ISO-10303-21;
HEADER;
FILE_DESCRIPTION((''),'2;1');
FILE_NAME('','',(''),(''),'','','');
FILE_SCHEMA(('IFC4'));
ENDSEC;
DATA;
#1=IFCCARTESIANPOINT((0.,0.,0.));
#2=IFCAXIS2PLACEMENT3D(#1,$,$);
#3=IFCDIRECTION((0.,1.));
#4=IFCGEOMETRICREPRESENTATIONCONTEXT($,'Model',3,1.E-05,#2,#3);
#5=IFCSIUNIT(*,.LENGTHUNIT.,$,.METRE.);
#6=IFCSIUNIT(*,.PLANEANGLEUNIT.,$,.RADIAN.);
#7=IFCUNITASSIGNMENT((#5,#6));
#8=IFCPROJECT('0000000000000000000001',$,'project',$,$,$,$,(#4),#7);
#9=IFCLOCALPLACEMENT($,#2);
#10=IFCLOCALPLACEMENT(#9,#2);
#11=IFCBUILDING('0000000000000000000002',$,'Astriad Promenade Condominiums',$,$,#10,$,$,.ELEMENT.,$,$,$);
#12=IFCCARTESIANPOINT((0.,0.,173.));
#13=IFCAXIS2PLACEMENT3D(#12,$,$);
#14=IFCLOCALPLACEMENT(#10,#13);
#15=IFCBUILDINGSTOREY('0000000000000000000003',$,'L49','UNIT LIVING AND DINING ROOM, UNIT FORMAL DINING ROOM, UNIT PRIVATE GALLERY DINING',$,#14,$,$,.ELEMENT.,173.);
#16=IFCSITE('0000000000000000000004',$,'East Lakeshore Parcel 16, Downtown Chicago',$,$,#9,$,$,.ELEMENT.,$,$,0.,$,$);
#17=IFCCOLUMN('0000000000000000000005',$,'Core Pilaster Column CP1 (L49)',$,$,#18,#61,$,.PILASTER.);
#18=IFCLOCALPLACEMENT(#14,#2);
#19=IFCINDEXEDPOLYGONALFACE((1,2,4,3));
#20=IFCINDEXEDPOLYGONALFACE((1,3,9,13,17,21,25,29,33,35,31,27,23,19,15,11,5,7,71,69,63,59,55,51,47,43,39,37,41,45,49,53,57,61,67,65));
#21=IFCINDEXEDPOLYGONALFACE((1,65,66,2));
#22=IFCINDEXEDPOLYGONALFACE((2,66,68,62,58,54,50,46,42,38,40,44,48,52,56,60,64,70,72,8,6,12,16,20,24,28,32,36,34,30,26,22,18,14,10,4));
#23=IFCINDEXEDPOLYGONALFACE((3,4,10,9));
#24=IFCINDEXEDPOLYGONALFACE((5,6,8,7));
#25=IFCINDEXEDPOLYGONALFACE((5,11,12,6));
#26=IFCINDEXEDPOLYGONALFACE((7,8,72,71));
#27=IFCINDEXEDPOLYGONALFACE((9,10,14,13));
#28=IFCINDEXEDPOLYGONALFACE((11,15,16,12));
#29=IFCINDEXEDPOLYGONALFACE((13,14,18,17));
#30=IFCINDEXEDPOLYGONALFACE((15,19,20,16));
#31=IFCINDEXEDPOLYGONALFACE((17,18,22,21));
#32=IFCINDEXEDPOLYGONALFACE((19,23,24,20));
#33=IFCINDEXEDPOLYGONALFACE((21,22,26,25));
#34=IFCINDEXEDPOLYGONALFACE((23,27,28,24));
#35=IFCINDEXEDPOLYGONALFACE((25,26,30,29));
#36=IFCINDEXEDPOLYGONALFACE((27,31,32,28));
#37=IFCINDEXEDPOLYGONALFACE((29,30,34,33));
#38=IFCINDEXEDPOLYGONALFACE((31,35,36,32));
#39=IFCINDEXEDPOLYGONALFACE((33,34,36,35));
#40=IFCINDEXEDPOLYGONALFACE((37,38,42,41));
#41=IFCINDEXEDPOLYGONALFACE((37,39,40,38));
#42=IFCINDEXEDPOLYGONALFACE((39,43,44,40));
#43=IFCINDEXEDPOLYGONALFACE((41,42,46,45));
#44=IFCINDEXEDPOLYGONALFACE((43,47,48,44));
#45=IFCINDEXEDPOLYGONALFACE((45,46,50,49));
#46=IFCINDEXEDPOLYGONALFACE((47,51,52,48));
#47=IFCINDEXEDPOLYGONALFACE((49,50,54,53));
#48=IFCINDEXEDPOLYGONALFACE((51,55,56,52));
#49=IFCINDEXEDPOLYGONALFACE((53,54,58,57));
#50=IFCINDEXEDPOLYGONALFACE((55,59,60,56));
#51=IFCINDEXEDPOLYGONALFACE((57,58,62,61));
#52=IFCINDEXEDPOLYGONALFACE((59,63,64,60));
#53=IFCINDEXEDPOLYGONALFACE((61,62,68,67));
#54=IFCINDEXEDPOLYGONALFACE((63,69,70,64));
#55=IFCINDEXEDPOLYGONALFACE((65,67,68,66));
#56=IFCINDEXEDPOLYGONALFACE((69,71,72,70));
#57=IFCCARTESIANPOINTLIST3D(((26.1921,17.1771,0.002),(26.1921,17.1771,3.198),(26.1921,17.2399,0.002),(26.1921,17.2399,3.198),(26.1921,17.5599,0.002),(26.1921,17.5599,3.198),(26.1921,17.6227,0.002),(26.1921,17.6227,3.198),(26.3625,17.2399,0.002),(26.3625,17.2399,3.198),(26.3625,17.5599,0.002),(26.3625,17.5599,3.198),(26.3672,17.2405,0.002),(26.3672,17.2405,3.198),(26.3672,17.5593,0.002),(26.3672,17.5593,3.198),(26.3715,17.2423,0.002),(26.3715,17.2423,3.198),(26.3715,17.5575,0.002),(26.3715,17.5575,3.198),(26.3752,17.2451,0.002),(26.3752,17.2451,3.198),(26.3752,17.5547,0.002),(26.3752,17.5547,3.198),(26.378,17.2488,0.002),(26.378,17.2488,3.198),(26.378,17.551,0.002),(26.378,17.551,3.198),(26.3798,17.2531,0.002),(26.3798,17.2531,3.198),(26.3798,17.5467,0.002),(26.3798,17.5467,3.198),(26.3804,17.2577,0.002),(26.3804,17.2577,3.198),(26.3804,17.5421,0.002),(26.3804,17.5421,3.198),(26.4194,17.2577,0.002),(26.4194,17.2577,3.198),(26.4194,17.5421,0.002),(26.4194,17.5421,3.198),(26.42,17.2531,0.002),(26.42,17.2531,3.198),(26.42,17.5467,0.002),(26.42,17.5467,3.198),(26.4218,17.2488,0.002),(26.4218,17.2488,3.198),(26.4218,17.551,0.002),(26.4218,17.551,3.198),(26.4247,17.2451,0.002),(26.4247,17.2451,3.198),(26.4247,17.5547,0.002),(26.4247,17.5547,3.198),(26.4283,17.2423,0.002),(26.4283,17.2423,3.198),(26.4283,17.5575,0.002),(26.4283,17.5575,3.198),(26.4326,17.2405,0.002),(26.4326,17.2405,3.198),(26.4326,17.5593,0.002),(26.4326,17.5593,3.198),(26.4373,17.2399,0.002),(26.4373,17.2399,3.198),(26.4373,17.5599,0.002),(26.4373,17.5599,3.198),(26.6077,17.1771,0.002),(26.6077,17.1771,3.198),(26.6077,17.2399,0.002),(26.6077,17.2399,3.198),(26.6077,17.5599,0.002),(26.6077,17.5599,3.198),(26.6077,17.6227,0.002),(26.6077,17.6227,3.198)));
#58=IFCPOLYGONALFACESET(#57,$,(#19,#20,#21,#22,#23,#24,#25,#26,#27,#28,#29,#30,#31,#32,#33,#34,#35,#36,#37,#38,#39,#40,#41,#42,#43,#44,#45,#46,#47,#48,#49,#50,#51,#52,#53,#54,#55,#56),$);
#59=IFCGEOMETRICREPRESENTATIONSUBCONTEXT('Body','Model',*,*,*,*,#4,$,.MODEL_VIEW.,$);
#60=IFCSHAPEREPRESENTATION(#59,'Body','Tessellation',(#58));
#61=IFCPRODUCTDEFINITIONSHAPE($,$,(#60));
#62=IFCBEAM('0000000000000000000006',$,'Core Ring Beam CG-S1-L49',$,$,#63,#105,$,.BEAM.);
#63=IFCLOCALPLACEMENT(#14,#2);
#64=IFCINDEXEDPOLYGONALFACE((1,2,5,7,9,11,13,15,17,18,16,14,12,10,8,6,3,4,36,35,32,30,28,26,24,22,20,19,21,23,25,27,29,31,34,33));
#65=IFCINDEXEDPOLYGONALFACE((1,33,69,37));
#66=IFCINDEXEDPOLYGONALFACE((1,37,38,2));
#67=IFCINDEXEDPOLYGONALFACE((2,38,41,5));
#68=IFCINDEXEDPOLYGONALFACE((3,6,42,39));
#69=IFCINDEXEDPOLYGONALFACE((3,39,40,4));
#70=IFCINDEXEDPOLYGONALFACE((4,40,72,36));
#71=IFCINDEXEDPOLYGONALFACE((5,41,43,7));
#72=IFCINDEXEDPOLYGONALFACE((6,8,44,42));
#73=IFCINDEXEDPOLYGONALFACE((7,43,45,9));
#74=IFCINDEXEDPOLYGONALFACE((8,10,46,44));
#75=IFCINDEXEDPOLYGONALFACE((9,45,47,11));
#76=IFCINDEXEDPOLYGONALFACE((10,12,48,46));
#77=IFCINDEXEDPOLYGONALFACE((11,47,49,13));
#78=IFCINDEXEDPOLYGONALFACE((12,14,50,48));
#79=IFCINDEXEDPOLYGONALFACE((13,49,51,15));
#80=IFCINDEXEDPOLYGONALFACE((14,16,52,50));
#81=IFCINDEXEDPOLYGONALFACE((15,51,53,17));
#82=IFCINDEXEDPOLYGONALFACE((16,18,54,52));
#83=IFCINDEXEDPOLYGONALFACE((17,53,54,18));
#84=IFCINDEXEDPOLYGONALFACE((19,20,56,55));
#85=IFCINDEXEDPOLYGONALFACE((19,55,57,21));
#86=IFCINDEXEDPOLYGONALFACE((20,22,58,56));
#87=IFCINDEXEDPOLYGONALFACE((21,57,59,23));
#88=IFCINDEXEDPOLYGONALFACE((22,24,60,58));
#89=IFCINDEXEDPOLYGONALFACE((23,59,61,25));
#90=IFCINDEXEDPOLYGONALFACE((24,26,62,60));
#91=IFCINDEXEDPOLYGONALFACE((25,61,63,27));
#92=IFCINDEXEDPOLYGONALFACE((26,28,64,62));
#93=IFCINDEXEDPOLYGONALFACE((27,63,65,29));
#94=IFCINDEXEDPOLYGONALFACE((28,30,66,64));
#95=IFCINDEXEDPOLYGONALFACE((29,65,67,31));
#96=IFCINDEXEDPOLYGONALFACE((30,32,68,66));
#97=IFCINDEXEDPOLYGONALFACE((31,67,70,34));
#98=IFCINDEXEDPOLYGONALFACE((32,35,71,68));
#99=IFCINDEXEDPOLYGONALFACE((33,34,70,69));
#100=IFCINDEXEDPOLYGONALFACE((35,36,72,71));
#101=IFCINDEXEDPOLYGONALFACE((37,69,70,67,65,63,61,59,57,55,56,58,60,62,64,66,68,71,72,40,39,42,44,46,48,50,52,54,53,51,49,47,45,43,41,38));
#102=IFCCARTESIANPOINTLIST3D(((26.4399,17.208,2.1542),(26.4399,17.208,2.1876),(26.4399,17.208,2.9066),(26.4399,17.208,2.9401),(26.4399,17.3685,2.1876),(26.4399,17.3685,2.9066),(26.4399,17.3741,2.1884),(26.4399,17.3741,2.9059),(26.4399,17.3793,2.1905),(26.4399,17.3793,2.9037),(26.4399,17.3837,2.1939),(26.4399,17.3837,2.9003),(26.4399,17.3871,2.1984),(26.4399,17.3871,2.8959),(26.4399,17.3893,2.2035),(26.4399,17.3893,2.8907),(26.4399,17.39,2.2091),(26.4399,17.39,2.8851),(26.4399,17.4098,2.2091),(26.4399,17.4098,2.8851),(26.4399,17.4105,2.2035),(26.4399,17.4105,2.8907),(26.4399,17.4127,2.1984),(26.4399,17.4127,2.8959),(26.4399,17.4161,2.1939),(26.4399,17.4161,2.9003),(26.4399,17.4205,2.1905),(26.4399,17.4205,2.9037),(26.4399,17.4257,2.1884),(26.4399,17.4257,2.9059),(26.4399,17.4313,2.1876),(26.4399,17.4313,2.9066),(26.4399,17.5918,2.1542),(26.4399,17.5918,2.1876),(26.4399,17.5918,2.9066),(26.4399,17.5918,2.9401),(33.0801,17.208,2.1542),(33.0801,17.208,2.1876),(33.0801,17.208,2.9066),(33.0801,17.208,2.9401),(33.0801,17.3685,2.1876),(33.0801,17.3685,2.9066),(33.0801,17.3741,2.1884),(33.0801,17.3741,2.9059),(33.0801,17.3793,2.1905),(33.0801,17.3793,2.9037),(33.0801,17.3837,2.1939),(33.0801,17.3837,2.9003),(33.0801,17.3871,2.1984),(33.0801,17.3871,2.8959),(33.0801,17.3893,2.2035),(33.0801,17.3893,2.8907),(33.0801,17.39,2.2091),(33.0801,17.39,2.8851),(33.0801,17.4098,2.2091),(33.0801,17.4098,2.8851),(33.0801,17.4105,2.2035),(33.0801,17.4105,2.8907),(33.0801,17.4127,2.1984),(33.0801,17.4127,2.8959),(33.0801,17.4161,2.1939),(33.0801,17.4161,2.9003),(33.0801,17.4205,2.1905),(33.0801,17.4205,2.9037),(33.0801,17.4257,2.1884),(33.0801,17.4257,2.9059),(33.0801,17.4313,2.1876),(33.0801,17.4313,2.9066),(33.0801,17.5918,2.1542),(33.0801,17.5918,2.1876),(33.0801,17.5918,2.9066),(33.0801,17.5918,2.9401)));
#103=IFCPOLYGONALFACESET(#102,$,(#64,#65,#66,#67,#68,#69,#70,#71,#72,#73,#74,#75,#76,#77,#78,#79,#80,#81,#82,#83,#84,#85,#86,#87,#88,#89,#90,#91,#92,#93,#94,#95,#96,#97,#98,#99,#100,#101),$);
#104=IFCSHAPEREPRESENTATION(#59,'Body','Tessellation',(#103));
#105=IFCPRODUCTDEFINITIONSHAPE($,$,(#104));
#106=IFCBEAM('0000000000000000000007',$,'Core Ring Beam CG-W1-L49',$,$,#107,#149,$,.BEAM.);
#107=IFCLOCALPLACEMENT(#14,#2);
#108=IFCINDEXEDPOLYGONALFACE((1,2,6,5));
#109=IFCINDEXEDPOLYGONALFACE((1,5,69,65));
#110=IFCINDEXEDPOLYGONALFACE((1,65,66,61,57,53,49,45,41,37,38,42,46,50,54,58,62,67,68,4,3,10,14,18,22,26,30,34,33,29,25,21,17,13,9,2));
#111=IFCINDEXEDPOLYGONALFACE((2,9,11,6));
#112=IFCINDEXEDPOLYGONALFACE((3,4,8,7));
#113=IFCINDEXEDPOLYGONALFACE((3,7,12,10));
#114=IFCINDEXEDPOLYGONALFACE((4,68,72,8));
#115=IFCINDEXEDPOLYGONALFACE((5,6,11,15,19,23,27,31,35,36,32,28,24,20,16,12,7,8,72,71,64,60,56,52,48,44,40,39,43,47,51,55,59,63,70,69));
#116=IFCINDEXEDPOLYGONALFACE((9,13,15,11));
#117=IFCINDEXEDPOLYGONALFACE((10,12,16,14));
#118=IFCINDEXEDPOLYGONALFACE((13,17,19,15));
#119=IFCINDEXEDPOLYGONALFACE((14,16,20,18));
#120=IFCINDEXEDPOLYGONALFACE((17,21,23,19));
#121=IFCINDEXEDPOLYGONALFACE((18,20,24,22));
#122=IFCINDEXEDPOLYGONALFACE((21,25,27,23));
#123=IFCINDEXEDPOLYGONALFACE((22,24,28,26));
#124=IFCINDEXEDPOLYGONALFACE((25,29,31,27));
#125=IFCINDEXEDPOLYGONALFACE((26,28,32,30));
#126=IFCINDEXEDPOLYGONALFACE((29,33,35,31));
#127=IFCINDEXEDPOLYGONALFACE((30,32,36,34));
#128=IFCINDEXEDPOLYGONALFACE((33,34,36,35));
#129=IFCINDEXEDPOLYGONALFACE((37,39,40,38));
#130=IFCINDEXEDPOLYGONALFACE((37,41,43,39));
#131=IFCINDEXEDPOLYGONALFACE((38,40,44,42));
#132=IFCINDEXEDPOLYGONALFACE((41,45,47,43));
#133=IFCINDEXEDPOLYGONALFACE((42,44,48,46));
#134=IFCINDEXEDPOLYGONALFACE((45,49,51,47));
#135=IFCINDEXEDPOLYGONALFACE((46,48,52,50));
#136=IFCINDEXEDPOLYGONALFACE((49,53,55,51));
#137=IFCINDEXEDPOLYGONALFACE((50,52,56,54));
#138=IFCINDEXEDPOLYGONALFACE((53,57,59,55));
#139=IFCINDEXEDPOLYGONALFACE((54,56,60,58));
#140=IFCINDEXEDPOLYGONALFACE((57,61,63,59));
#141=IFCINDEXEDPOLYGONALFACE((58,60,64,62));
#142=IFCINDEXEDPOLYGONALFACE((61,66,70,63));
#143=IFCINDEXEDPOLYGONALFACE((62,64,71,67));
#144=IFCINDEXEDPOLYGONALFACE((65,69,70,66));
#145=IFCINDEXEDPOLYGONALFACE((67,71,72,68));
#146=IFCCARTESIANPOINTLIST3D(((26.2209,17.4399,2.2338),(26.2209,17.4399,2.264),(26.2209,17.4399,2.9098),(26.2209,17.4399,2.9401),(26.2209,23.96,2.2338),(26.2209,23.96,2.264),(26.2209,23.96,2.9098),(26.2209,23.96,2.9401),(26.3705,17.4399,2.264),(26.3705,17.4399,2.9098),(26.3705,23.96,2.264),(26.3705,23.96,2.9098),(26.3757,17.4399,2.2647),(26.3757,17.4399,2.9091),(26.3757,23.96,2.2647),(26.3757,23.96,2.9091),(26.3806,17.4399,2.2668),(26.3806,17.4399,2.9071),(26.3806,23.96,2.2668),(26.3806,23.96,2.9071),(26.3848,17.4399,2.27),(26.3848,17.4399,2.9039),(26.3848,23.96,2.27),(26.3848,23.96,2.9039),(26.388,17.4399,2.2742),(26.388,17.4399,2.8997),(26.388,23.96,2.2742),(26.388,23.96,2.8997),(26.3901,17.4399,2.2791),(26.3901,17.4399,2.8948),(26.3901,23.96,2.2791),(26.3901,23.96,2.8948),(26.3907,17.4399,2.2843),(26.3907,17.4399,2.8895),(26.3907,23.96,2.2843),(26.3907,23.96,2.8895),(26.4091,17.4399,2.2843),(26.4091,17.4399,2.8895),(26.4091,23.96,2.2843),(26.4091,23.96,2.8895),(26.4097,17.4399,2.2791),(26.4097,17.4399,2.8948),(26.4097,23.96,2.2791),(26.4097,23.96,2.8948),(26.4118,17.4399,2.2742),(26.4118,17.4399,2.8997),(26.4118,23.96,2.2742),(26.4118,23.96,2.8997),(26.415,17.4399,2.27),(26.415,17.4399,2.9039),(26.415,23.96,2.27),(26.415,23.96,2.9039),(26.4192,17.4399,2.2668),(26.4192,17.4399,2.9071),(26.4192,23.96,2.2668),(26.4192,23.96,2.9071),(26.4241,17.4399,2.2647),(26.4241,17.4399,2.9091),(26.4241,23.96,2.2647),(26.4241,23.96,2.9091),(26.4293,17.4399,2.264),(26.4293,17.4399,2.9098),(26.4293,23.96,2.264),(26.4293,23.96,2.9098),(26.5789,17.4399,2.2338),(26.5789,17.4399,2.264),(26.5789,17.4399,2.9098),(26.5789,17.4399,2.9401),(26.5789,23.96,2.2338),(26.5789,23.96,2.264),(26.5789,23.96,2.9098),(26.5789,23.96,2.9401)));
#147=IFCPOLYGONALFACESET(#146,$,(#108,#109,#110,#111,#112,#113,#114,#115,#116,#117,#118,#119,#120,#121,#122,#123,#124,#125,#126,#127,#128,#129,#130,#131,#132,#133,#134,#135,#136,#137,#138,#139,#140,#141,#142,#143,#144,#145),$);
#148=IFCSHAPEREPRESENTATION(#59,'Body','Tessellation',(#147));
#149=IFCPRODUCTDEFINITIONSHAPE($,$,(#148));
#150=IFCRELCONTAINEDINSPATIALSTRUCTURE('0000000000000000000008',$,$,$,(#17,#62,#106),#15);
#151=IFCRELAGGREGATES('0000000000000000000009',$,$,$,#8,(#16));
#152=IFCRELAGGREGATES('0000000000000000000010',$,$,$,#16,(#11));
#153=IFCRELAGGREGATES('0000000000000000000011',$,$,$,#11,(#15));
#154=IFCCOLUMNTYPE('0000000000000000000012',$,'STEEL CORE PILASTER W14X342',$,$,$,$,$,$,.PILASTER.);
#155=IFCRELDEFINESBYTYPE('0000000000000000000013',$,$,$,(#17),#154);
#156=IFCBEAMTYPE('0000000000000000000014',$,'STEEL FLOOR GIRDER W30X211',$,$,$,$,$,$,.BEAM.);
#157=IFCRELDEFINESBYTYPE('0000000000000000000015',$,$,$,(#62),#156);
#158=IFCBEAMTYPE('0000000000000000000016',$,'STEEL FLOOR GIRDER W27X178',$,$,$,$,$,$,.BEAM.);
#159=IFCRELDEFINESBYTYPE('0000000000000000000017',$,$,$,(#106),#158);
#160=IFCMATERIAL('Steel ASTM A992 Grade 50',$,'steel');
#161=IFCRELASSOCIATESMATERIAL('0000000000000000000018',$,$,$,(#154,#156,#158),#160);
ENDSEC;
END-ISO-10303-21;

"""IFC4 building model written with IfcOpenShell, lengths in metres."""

from ifc_helpers import new_model, si_unit, direction, frame, origin, origin_2d, place, context, subcontext, project, spatial, i_section, extrude, source, transform, mapped, material, material_profile, profile_set, type_object, type_shapes, element, save


model = new_model("IFC4")

# Units and contexts
model_context = context("Model", 3, precision=1e-05, world=origin(), true_north=direction((0.0, 1.0)))
body_context = subcontext(model_context, "Body", "Model", "MODEL_VIEW")
ifc_project = project(units=[si_unit("LENGTHUNIT", "METRE"), si_unit("PLANEANGLEUNIT", "RADIAN")], contexts=[model_context])

# Site, building, storey
site_placement = place(None, origin())
site = spatial("IfcSite", under=ifc_project, at=site_placement, Name="East Lakeshore Parcel 16, Downtown Chicago", CompositionType="ELEMENT", RefElevation=0.0)
building_placement = place(site_placement, origin())
building = spatial("IfcBuilding", under=site, at=building_placement, Name="Astriad Promenade Condominiums", CompositionType="ELEMENT")
storey_placement = place(building_placement, frame((0.0, 0.0, 173.0)))
storey = spatial("IfcBuildingStorey", under=building, at=storey_placement, Name="L49", Description="UNIT LIVING AND DINING ROOM, UNIT FORMAL DINING ROOM, UNIT PRIVATE GALLERY DINING", CompositionType="ELEMENT", Elevation=173.0)

# Column
ifc_material_1 = material(Name="Steel ASTM A992 Grade 50", Category="steel")
ifc_material_profile_1 = material_profile(ifc_material_1, i_section(OverallWidth=0.4155, OverallDepth=0.4456, WebThickness=0.0391, FlangeThickness=0.0627, FilletRadius=0.0178, at=origin_2d()), Name="W14X342")
ifc_profile_set_1 = profile_set([ifc_material_profile_1], Name="Steel ASTM A992 Grade 50")
column_type = type_object("IfcColumnType", Name="STEEL CORE PILASTER W14X342", PredefinedType="PILASTER", material=ifc_profile_set_1)
shared_shape_1 = source(origin(), body_context, "Body", "SweptSolid", [
    extrude(i_section(OverallWidth=0.4155, OverallDepth=0.4456, WebThickness=0.0391, FlangeThickness=0.0627, FilletRadius=0.0178, at=origin_2d()), origin(), (0.0, 0.0, 1.0), 3.196),
])
type_shapes(column_type, [shared_shape_1])
column_placement = place(storey_placement, frame((26.3999, 17.3999, 0.002), z_axis=(0.0, 0.0, 1.0), x_axis=(1.0, 0.0, 0.0)))
element("IfcColumn", 1, at=column_placement, inside=storey, type_object=column_type, Name="Core Pilaster Column CP1 (L49)", PredefinedType="PILASTER", context=body_context, shape_type="MappedRepresentation", body=[
    mapped(shared_shape_1, transform((0.0, 0.0, 0.0), scale=1.0)),
])

# Beams
ifc_material_profile_2 = material_profile(ifc_material_1, i_section(OverallWidth=0.3838, OverallDepth=0.7859, WebThickness=0.0198, FlangeThickness=0.0334, FilletRadius=0.0215, at=origin_2d()), Name="W30X211")
ifc_profile_set_2 = profile_set([ifc_material_profile_2], Name="Steel ASTM A992 Grade 50")
beam_type_1 = type_object("IfcBeamType", Name="STEEL FLOOR GIRDER W30X211", PredefinedType="BEAM", material=ifc_profile_set_2)
shared_shape_2 = source(origin(), body_context, "Body", "SweptSolid", [
    extrude(i_section(OverallWidth=0.3838, OverallDepth=0.7859, WebThickness=0.0198, FlangeThickness=0.0334, FilletRadius=0.0215, at=origin_2d()), origin(), (0.0, 0.0, 1.0), 6.6401),
])
type_shapes(beam_type_1, [shared_shape_2])
beam_1_placement = place(storey_placement, frame((26.4399, 17.3999, 2.5471), z_axis=(1.0, 0.0, 0.0), x_axis=(0.0, 1.0, 0.0)))
element("IfcBeam", 2, at=beam_1_placement, inside=storey, type_object=beam_type_1, Name="Core Ring Beam CG-S1-L49", PredefinedType="BEAM", context=body_context, shape_type="MappedRepresentation", body=[
    mapped(shared_shape_2, transform((0.0, 0.0, 0.0), scale=1.0)),
])
ifc_material_profile_3 = material_profile(ifc_material_1, i_section(OverallWidth=0.3579, OverallDepth=0.7063, WebThickness=0.0183, FlangeThickness=0.0303, FilletRadius=0.0203, at=origin_2d()), Name="W27X178")
ifc_profile_set_3 = profile_set([ifc_material_profile_3], Name="Steel ASTM A992 Grade 50")
beam_type_2 = type_object("IfcBeamType", Name="STEEL FLOOR GIRDER W27X178", PredefinedType="BEAM", material=ifc_profile_set_3)
shared_shape_3 = source(origin(), body_context, "Body", "SweptSolid", [
    extrude(i_section(OverallWidth=0.3579, OverallDepth=0.7063, WebThickness=0.0183, FlangeThickness=0.0303, FilletRadius=0.0203, at=origin_2d()), origin(), (0.0, 0.0, 1.0), 6.52),
])
type_shapes(beam_type_2, [shared_shape_3])
beam_2_placement = place(storey_placement, frame((26.3999, 17.4399, 2.5869), z_axis=(0.0, 1.0, 0.0), x_axis=(-1.0, 0.0, 0.0)))
element("IfcBeam", 3, at=beam_2_placement, inside=storey, type_object=beam_type_2, Name="Core Ring Beam CG-W1-L49", PredefinedType="BEAM", context=body_context, shape_type="MappedRepresentation", body=[
    mapped(shared_shape_3, transform((0.0, 0.0, 0.0), scale=1.0)),
])

save(model, "model.ifc")
